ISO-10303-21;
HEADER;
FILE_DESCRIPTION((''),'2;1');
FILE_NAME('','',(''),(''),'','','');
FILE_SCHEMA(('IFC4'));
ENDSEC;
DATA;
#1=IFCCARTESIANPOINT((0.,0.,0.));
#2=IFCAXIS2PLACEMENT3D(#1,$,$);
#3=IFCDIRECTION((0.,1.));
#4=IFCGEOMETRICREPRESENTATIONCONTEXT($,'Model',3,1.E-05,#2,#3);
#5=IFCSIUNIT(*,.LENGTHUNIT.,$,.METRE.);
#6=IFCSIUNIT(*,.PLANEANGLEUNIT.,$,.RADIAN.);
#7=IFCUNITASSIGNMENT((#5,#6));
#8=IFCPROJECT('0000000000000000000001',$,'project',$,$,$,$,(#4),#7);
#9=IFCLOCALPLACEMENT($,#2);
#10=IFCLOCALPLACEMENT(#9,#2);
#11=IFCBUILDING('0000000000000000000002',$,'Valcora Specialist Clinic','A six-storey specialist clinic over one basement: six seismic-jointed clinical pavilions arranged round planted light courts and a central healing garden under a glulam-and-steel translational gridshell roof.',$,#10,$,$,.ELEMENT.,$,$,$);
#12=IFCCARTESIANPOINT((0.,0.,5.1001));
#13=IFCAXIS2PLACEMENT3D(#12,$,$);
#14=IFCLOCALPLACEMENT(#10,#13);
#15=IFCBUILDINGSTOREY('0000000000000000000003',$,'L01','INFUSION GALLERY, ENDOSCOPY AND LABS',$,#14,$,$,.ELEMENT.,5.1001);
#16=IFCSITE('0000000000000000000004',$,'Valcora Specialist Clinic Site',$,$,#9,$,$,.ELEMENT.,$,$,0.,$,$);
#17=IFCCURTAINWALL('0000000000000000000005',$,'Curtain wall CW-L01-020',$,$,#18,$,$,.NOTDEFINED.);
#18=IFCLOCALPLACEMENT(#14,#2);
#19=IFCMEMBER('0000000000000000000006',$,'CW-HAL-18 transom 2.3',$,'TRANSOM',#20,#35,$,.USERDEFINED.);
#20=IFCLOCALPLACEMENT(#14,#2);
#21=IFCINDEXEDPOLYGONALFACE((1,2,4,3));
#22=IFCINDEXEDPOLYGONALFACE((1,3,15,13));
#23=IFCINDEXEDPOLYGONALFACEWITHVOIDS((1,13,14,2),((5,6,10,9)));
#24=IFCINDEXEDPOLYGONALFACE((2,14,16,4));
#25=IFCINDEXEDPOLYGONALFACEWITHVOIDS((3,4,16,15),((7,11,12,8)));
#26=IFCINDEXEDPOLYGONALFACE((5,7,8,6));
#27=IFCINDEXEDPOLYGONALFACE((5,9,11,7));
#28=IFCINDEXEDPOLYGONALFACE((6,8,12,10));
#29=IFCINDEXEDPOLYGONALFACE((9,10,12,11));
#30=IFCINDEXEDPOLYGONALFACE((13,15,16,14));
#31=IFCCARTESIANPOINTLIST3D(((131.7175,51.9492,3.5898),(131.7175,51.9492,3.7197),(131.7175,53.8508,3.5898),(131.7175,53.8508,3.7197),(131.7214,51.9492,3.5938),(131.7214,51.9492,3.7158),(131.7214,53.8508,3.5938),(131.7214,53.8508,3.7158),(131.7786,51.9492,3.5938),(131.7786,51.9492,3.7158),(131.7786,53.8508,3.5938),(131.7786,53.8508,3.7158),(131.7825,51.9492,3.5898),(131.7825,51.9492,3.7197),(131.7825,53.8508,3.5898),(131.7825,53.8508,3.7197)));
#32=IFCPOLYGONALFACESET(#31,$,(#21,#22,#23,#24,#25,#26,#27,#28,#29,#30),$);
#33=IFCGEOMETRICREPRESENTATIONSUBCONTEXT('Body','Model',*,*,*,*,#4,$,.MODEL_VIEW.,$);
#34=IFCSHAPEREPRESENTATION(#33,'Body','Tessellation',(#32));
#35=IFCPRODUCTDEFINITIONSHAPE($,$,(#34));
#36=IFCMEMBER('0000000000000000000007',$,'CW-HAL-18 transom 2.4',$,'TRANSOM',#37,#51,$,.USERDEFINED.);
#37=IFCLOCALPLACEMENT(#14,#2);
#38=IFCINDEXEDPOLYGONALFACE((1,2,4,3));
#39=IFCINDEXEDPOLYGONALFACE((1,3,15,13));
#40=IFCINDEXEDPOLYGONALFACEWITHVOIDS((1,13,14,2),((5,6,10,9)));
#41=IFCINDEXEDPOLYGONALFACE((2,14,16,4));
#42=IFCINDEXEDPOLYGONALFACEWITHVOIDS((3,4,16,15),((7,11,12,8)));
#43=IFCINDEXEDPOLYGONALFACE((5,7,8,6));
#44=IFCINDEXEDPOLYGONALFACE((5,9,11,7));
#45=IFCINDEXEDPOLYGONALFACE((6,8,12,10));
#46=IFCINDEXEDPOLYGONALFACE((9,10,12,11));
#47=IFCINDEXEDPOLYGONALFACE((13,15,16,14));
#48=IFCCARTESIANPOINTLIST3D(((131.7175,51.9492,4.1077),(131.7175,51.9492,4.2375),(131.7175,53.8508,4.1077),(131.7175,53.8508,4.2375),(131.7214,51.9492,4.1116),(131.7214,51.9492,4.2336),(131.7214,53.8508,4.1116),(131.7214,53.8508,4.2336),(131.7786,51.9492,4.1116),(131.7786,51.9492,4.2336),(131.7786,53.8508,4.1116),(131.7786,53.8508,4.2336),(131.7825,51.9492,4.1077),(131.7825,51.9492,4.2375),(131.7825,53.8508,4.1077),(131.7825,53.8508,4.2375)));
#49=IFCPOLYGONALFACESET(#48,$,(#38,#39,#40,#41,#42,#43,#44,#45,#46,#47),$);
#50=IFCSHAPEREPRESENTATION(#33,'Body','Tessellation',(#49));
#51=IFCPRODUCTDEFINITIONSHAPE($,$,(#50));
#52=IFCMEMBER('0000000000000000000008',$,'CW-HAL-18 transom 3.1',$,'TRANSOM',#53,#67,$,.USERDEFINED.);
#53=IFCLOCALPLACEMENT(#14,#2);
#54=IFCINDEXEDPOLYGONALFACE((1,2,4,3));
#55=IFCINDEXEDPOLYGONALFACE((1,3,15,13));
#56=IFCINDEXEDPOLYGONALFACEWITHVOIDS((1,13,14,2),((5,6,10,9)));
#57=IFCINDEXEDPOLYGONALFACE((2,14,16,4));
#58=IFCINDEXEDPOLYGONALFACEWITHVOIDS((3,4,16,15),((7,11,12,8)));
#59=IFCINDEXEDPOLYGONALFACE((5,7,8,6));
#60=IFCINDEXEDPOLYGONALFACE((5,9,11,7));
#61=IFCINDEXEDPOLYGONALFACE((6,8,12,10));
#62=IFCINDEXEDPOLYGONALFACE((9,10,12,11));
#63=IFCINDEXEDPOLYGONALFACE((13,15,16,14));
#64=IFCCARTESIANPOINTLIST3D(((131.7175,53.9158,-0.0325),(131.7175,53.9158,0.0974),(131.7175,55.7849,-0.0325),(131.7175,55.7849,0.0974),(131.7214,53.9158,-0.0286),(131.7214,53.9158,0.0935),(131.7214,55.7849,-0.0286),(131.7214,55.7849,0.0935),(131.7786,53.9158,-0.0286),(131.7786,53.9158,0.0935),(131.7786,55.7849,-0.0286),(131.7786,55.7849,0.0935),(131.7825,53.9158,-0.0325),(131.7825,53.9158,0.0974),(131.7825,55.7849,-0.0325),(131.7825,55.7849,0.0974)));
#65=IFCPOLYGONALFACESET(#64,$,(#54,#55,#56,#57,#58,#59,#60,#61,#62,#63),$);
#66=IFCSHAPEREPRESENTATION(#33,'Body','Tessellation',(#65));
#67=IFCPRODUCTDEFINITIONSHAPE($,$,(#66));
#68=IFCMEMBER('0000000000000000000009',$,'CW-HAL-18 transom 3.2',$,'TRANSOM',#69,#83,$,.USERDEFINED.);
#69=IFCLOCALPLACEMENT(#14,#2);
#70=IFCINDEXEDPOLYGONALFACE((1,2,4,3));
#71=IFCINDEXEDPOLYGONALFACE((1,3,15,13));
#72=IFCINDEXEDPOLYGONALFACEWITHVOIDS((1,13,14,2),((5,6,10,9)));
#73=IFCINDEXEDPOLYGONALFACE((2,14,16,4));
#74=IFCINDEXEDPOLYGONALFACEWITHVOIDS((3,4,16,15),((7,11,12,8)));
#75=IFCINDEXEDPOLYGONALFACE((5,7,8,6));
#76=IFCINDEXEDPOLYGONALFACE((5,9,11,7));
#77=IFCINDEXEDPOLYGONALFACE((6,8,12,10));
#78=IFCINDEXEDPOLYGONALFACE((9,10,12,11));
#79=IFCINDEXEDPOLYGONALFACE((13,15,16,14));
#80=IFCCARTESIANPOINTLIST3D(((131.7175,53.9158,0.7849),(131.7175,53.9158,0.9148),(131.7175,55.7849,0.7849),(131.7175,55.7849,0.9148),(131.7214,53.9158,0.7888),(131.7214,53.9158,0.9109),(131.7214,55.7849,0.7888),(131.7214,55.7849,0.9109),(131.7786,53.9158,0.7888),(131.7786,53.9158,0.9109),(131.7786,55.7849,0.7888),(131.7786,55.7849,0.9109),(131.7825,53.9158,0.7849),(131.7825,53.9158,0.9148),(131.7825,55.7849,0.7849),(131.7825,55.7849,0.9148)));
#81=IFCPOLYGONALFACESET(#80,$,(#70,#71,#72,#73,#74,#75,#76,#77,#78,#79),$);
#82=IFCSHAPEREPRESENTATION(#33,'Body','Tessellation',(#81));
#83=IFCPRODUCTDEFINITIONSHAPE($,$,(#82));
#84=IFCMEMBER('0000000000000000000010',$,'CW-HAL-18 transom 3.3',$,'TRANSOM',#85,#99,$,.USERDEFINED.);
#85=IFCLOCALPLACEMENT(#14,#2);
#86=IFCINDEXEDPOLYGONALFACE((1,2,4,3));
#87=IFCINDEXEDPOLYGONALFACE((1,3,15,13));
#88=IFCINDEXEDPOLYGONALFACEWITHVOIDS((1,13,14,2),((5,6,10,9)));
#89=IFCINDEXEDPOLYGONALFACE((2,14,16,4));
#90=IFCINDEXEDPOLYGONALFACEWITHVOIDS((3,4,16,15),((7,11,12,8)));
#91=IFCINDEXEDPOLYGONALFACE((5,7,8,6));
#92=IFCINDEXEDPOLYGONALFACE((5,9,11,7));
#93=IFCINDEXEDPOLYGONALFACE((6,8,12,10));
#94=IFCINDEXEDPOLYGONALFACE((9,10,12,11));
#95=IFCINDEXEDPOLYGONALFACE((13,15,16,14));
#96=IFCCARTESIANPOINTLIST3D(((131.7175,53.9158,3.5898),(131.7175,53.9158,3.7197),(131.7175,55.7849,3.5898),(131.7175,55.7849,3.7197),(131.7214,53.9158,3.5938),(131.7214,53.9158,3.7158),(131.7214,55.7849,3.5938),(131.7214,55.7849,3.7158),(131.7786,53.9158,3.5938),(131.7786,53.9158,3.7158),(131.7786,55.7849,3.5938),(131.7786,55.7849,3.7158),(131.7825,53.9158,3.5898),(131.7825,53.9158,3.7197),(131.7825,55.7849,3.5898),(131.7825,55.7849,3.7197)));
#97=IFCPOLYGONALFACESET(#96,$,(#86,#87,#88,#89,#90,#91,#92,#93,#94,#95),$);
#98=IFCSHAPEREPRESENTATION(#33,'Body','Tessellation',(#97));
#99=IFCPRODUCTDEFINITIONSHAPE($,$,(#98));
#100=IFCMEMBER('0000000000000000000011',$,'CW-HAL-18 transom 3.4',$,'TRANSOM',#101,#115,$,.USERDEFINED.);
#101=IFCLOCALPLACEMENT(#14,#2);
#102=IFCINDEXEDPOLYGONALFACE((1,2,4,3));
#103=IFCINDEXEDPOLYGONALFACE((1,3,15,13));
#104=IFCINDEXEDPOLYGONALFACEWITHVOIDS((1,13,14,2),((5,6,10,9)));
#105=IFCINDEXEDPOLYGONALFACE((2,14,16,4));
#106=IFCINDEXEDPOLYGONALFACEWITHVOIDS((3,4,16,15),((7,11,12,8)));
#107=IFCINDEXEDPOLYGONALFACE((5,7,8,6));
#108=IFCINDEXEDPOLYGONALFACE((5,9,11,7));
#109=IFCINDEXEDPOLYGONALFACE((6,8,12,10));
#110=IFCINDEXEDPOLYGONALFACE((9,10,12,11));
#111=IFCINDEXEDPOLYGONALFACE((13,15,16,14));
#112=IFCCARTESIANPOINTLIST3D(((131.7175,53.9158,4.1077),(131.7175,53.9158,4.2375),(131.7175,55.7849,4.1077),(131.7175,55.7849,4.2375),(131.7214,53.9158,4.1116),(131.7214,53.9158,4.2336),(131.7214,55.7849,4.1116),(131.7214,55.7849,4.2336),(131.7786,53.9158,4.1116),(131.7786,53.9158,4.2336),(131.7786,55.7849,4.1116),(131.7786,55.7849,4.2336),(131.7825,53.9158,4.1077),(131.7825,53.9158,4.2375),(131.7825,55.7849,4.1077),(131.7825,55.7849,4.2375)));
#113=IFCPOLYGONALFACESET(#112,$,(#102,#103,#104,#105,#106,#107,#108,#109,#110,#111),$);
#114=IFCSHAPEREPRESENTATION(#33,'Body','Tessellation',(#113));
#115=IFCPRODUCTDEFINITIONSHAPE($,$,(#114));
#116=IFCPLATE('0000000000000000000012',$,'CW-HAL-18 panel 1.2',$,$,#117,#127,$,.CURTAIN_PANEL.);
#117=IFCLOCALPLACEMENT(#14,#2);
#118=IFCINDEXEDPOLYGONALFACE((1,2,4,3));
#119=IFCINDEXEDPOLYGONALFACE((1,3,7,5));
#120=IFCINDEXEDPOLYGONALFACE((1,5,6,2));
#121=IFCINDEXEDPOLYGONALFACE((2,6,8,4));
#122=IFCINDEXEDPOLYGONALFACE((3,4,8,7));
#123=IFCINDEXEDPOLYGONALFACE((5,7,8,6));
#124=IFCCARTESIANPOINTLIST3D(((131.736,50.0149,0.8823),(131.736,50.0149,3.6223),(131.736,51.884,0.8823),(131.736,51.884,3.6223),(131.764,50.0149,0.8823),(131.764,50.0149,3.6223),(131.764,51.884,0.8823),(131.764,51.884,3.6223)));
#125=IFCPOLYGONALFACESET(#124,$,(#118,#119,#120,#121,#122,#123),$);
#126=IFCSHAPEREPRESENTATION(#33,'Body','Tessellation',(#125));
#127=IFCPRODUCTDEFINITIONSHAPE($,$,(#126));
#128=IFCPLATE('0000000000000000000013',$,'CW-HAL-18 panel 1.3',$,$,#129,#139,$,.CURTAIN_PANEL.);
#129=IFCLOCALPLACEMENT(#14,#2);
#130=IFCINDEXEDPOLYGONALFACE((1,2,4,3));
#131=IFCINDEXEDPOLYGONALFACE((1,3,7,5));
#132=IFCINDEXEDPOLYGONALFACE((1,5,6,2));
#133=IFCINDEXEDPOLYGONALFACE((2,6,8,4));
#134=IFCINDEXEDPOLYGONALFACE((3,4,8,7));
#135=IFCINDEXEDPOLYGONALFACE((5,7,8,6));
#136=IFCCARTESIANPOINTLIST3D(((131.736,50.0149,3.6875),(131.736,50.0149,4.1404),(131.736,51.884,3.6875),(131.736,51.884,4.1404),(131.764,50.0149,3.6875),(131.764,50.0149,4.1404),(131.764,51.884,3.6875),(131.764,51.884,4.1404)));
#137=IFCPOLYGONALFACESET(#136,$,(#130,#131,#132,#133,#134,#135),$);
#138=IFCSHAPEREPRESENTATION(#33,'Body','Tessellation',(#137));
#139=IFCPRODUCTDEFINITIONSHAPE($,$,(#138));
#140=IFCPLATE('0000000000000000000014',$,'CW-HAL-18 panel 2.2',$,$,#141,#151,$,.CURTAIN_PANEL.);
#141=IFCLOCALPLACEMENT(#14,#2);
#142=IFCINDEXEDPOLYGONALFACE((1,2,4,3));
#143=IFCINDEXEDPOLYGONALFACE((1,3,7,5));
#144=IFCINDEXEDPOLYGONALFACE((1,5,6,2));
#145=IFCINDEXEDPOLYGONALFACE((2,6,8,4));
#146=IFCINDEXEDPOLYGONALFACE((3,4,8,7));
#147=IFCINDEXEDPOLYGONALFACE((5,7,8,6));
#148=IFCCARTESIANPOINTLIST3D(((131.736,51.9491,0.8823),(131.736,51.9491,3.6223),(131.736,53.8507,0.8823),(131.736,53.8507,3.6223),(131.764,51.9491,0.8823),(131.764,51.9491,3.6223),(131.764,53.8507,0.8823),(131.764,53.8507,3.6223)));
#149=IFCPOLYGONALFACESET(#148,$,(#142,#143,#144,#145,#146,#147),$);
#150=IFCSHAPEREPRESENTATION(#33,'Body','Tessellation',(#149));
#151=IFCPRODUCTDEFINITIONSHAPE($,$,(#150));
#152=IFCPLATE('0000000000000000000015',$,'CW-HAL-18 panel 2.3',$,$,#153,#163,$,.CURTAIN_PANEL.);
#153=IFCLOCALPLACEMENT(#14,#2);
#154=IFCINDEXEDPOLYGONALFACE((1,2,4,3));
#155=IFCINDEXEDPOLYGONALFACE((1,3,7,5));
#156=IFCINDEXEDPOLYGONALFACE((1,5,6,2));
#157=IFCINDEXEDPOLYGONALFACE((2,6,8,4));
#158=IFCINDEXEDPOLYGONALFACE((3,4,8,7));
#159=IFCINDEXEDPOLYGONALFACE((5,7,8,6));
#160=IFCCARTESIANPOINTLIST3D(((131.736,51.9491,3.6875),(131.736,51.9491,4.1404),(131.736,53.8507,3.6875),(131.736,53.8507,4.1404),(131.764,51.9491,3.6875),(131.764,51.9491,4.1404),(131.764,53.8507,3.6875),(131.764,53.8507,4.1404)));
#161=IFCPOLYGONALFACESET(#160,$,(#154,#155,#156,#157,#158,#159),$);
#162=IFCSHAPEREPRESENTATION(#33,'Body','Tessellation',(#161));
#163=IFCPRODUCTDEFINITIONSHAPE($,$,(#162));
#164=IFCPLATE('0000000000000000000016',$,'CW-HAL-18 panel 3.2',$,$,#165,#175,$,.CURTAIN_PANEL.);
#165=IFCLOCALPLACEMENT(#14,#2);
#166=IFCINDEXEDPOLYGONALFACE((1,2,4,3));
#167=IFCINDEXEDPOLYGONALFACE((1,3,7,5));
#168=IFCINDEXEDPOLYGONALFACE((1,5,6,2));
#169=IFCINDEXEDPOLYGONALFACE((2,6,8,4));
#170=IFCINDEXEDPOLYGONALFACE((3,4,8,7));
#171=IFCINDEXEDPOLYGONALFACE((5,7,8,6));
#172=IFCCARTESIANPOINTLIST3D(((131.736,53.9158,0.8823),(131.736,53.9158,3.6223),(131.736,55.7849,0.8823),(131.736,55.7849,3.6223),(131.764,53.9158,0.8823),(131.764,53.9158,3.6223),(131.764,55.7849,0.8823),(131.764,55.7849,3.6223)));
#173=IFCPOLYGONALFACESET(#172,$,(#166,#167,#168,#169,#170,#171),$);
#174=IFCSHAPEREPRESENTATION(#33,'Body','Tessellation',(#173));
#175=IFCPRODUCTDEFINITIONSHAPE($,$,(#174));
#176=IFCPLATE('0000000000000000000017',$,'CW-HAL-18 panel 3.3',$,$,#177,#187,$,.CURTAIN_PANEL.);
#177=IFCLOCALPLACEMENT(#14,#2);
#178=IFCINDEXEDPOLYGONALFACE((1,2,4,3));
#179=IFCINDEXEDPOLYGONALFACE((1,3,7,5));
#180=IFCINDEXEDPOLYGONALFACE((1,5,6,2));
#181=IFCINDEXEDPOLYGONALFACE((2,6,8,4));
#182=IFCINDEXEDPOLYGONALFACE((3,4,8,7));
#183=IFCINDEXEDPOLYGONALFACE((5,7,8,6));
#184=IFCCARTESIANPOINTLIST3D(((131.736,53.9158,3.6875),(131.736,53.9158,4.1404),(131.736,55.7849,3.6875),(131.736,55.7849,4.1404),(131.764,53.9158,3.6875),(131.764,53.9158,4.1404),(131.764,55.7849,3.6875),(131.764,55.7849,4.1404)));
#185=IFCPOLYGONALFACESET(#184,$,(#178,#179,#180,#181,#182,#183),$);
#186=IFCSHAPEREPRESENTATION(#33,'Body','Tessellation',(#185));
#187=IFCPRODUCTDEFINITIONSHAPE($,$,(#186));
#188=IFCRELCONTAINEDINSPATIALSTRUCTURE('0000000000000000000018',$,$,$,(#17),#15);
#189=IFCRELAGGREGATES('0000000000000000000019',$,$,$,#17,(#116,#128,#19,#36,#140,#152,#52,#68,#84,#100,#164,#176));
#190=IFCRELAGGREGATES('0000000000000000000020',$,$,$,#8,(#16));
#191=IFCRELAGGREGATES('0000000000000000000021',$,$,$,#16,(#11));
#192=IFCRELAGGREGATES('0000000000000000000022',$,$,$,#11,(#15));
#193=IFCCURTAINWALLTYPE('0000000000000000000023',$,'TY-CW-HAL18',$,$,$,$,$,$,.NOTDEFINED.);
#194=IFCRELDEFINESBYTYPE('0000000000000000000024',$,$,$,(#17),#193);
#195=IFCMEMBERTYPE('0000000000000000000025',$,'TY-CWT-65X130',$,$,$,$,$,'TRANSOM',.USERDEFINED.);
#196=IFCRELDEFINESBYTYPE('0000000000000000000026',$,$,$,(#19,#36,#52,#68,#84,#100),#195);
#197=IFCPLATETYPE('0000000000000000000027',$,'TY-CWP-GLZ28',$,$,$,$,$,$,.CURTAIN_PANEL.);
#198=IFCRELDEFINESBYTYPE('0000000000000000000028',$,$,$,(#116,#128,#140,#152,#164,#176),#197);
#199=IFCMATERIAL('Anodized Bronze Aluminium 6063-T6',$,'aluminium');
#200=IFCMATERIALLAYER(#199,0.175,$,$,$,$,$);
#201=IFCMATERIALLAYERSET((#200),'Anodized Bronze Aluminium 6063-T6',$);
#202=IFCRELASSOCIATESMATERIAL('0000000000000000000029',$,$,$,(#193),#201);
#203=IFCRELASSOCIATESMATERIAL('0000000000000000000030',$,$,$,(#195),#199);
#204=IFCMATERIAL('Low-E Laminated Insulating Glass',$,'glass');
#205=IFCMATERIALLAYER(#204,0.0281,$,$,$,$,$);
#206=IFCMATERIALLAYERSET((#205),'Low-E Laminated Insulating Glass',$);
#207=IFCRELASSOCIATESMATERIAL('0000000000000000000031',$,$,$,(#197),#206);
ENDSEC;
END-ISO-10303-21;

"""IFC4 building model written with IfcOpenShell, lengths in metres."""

from ifc_helpers import new_model, si_unit, direction, frame, origin, origin_2d, place, context, subcontext, project, spatial, rectangle, hollow_rectangle, extrude, material, layer, layer_set, material_profile, profile_set, type_object, element, aggregate, save


model = new_model("IFC4")

# Units and contexts
model_context = context("Model", 3, precision=1e-05, world=origin(), true_north=direction((0.0, 1.0)))
body_context = subcontext(model_context, "Body", "Model", "MODEL_VIEW")
ifc_project = project(units=[si_unit("LENGTHUNIT", "METRE"), si_unit("PLANEANGLEUNIT", "RADIAN")], contexts=[model_context])

# Site, building, storey
site_placement = place(None, origin())
site = spatial("IfcSite", under=ifc_project, at=site_placement, Name="Valcora Specialist Clinic Site", CompositionType="ELEMENT", RefElevation=0.0)
building_placement = place(site_placement, origin())
building = spatial("IfcBuilding", under=site, at=building_placement, Name="Valcora Specialist Clinic", Description="A six-storey specialist clinic over one basement: six seismic-jointed clinical pavilions arranged round planted light courts and a central healing garden under a glulam-and-steel translational gridshell roof.", CompositionType="ELEMENT")
storey_placement = place(building_placement, frame((0.0, 0.0, 5.1001)))
storey = spatial("IfcBuildingStorey", under=building, at=storey_placement, Name="L01", Description="INFUSION GALLERY, ENDOSCOPY AND LABS", CompositionType="ELEMENT", Elevation=5.1001)

# Curtain wall, members, plates
ifc_material_1 = material(Name="Anodized Bronze Aluminium 6063-T6", Category="aluminium")
ifc_layer_1 = layer(ifc_material_1, 0.175)
ifc_layer_set_1 = layer_set([ifc_layer_1], Name="Anodized Bronze Aluminium 6063-T6")
curtain_wall_type = type_object("IfcCurtainWallType", Name="TY-CW-HAL18", PredefinedType="NOTDEFINED", material=ifc_layer_set_1)
curtain_wall_placement = place(storey_placement, origin())
curtain_wall = element("IfcCurtainWall", 1, at=curtain_wall_placement, inside=storey, type_object=curtain_wall_type, Name="Curtain wall CW-L01-020", PredefinedType="NOTDEFINED")
ifc_material_profile_1 = material_profile(ifc_material_1, hollow_rectangle(XDim=0.0649, YDim=0.1299, WallThickness=0.0039, at=origin_2d()), Name="AL-TRN-65X130")
ifc_profile_set_1 = profile_set([ifc_material_profile_1], Name="Anodized Bronze Aluminium 6063-T6")
member_type_1 = type_object("IfcMemberType", Name="TY-CWT-65X130", ElementType="TRANSOM", PredefinedType="USERDEFINED", material=ifc_profile_set_1)
member_1_placement = place(storey_placement, frame((131.75, 51.9492, 3.6548), z_axis=(0.0, 1.0, 0.0), x_axis=(-1.0, 0.0, 0.0)))
member_1 = element("IfcMember", 2, at=member_1_placement, type_object=member_type_1, Name="CW-HAL-18 transom 2.3", ObjectType="TRANSOM", PredefinedType="USERDEFINED", context=body_context, shape_type="SweptSolid", body=[
    extrude(hollow_rectangle(XDim=0.0649, YDim=0.1299, WallThickness=0.0039, at=origin_2d()), origin(), (0.0, 0.0, 1.0), 1.9016),
])
member_2_placement = place(storey_placement, frame((131.75, 51.9492, 4.1726), z_axis=(0.0, 1.0, 0.0), x_axis=(-1.0, 0.0, 0.0)))
member_2 = element("IfcMember", 3, at=member_2_placement, type_object=member_type_1, Name="CW-HAL-18 transom 2.4", ObjectType="TRANSOM", PredefinedType="USERDEFINED", context=body_context, shape_type="SweptSolid", body=[
    extrude(hollow_rectangle(XDim=0.0649, YDim=0.1299, WallThickness=0.0039, at=origin_2d()), origin(), (0.0, 0.0, 1.0), 1.9016),
])
member_3_placement = place(storey_placement, frame((131.75, 53.9158, 0.0325), z_axis=(0.0, 1.0, 0.0), x_axis=(-1.0, 0.0, 0.0)))
member_3 = element("IfcMember", 4, at=member_3_placement, type_object=member_type_1, Name="CW-HAL-18 transom 3.1", ObjectType="TRANSOM", PredefinedType="USERDEFINED", context=body_context, shape_type="SweptSolid", body=[
    extrude(hollow_rectangle(XDim=0.0649, YDim=0.1299, WallThickness=0.0039, at=origin_2d()), origin(), (0.0, 0.0, 1.0), 1.8691),
])
member_4_placement = place(storey_placement, frame((131.75, 53.9158, 0.8499), z_axis=(0.0, 1.0, 0.0), x_axis=(-1.0, 0.0, 0.0)))
member_4 = element("IfcMember", 5, at=member_4_placement, type_object=member_type_1, Name="CW-HAL-18 transom 3.2", ObjectType="TRANSOM", PredefinedType="USERDEFINED", context=body_context, shape_type="SweptSolid", body=[
    extrude(hollow_rectangle(XDim=0.0649, YDim=0.1299, WallThickness=0.0039, at=origin_2d()), origin(), (0.0, 0.0, 1.0), 1.8691),
])
member_5_placement = place(storey_placement, frame((131.75, 53.9158, 3.6548), z_axis=(0.0, 1.0, 0.0), x_axis=(-1.0, 0.0, 0.0)))
member_5 = element("IfcMember", 6, at=member_5_placement, type_object=member_type_1, Name="CW-HAL-18 transom 3.3", ObjectType="TRANSOM", PredefinedType="USERDEFINED", context=body_context, shape_type="SweptSolid", body=[
    extrude(hollow_rectangle(XDim=0.0649, YDim=0.1299, WallThickness=0.0039, at=origin_2d()), origin(), (0.0, 0.0, 1.0), 1.8691),
])
member_6_placement = place(storey_placement, frame((131.75, 53.9158, 4.1726), z_axis=(0.0, 1.0, 0.0), x_axis=(-1.0, 0.0, 0.0)))
member_6 = element("IfcMember", 7, at=member_6_placement, type_object=member_type_1, Name="CW-HAL-18 transom 3.4", ObjectType="TRANSOM", PredefinedType="USERDEFINED", context=body_context, shape_type="SweptSolid", body=[
    extrude(hollow_rectangle(XDim=0.0649, YDim=0.1299, WallThickness=0.0039, at=origin_2d()), origin(), (0.0, 0.0, 1.0), 1.8691),
])
ifc_material_2 = material(Name="Low-E Laminated Insulating Glass", Category="glass")
ifc_layer_2 = layer(ifc_material_2, 0.0281)
ifc_layer_set_2 = layer_set([ifc_layer_2], Name="Low-E Laminated Insulating Glass")
plate_type_1 = type_object("IfcPlateType", Name="TY-CWP-GLZ28", PredefinedType="CURTAIN_PANEL", material=ifc_layer_set_2)
plate_1_placement = place(storey_placement, frame((131.75, 50.9495, 0.8823), z_axis=(0.0, 0.0, 1.0), x_axis=(0.0, 1.0, 0.0)))
plate_1 = element("IfcPlate", 8, at=plate_1_placement, type_object=plate_type_1, Name="CW-HAL-18 panel 1.2", PredefinedType="CURTAIN_PANEL", context=body_context, shape_type="SweptSolid", body=[
    extrude(rectangle(XDim=1.8691, YDim=0.0281, at=origin_2d()), origin(), (0.0, 0.0, 1.0), 2.74),
])
plate_2_placement = place(storey_placement, frame((131.75, 50.9495, 3.6875), z_axis=(0.0, 0.0, 1.0), x_axis=(0.0, 1.0, 0.0)))
plate_2 = element("IfcPlate", 9, at=plate_2_placement, type_object=plate_type_1, Name="CW-HAL-18 panel 1.3", PredefinedType="CURTAIN_PANEL", context=body_context, shape_type="SweptSolid", body=[
    extrude(rectangle(XDim=1.8691, YDim=0.0281, at=origin_2d()), origin(), (0.0, 0.0, 1.0), 0.4529),
])
plate_3_placement = place(storey_placement, frame((131.75, 52.8999, 0.8823), z_axis=(0.0, 0.0, 1.0), x_axis=(0.0, 1.0, 0.0)))
plate_3 = element("IfcPlate", 10, at=plate_3_placement, type_object=plate_type_1, Name="CW-HAL-18 panel 2.2", PredefinedType="CURTAIN_PANEL", context=body_context, shape_type="SweptSolid", body=[
    extrude(rectangle(XDim=1.9016, YDim=0.0281, at=origin_2d()), origin(), (0.0, 0.0, 1.0), 2.74),
])
plate_4_placement = place(storey_placement, frame((131.75, 52.8999, 3.6875), z_axis=(0.0, 0.0, 1.0), x_axis=(0.0, 1.0, 0.0)))
plate_4 = element("IfcPlate", 11, at=plate_4_placement, type_object=plate_type_1, Name="CW-HAL-18 panel 2.3", PredefinedType="CURTAIN_PANEL", context=body_context, shape_type="SweptSolid", body=[
    extrude(rectangle(XDim=1.9016, YDim=0.0281, at=origin_2d()), origin(), (0.0, 0.0, 1.0), 0.4529),
])
plate_5_placement = place(storey_placement, frame((131.75, 54.8503, 0.8823), z_axis=(0.0, 0.0, 1.0), x_axis=(0.0, 1.0, 0.0)))
plate_5 = element("IfcPlate", 12, at=plate_5_placement, type_object=plate_type_1, Name="CW-HAL-18 panel 3.2", PredefinedType="CURTAIN_PANEL", context=body_context, shape_type="SweptSolid", body=[
    extrude(rectangle(XDim=1.8691, YDim=0.0281, at=origin_2d()), origin(), (0.0, 0.0, 1.0), 2.74),
])
plate_6_placement = place(storey_placement, frame((131.75, 54.8503, 3.6875), z_axis=(0.0, 0.0, 1.0), x_axis=(0.0, 1.0, 0.0)))
plate_6 = element("IfcPlate", 13, at=plate_6_placement, type_object=plate_type_1, Name="CW-HAL-18 panel 3.3", PredefinedType="CURTAIN_PANEL", context=body_context, shape_type="SweptSolid", body=[
    extrude(rectangle(XDim=1.8691, YDim=0.0281, at=origin_2d()), origin(), (0.0, 0.0, 1.0), 0.4529),
])
aggregate(curtain_wall, [plate_1, plate_2, member_1, member_2, plate_3, plate_4, member_3, member_4, member_5, member_6, plate_5, plate_6])

save(model, "model.ifc")
